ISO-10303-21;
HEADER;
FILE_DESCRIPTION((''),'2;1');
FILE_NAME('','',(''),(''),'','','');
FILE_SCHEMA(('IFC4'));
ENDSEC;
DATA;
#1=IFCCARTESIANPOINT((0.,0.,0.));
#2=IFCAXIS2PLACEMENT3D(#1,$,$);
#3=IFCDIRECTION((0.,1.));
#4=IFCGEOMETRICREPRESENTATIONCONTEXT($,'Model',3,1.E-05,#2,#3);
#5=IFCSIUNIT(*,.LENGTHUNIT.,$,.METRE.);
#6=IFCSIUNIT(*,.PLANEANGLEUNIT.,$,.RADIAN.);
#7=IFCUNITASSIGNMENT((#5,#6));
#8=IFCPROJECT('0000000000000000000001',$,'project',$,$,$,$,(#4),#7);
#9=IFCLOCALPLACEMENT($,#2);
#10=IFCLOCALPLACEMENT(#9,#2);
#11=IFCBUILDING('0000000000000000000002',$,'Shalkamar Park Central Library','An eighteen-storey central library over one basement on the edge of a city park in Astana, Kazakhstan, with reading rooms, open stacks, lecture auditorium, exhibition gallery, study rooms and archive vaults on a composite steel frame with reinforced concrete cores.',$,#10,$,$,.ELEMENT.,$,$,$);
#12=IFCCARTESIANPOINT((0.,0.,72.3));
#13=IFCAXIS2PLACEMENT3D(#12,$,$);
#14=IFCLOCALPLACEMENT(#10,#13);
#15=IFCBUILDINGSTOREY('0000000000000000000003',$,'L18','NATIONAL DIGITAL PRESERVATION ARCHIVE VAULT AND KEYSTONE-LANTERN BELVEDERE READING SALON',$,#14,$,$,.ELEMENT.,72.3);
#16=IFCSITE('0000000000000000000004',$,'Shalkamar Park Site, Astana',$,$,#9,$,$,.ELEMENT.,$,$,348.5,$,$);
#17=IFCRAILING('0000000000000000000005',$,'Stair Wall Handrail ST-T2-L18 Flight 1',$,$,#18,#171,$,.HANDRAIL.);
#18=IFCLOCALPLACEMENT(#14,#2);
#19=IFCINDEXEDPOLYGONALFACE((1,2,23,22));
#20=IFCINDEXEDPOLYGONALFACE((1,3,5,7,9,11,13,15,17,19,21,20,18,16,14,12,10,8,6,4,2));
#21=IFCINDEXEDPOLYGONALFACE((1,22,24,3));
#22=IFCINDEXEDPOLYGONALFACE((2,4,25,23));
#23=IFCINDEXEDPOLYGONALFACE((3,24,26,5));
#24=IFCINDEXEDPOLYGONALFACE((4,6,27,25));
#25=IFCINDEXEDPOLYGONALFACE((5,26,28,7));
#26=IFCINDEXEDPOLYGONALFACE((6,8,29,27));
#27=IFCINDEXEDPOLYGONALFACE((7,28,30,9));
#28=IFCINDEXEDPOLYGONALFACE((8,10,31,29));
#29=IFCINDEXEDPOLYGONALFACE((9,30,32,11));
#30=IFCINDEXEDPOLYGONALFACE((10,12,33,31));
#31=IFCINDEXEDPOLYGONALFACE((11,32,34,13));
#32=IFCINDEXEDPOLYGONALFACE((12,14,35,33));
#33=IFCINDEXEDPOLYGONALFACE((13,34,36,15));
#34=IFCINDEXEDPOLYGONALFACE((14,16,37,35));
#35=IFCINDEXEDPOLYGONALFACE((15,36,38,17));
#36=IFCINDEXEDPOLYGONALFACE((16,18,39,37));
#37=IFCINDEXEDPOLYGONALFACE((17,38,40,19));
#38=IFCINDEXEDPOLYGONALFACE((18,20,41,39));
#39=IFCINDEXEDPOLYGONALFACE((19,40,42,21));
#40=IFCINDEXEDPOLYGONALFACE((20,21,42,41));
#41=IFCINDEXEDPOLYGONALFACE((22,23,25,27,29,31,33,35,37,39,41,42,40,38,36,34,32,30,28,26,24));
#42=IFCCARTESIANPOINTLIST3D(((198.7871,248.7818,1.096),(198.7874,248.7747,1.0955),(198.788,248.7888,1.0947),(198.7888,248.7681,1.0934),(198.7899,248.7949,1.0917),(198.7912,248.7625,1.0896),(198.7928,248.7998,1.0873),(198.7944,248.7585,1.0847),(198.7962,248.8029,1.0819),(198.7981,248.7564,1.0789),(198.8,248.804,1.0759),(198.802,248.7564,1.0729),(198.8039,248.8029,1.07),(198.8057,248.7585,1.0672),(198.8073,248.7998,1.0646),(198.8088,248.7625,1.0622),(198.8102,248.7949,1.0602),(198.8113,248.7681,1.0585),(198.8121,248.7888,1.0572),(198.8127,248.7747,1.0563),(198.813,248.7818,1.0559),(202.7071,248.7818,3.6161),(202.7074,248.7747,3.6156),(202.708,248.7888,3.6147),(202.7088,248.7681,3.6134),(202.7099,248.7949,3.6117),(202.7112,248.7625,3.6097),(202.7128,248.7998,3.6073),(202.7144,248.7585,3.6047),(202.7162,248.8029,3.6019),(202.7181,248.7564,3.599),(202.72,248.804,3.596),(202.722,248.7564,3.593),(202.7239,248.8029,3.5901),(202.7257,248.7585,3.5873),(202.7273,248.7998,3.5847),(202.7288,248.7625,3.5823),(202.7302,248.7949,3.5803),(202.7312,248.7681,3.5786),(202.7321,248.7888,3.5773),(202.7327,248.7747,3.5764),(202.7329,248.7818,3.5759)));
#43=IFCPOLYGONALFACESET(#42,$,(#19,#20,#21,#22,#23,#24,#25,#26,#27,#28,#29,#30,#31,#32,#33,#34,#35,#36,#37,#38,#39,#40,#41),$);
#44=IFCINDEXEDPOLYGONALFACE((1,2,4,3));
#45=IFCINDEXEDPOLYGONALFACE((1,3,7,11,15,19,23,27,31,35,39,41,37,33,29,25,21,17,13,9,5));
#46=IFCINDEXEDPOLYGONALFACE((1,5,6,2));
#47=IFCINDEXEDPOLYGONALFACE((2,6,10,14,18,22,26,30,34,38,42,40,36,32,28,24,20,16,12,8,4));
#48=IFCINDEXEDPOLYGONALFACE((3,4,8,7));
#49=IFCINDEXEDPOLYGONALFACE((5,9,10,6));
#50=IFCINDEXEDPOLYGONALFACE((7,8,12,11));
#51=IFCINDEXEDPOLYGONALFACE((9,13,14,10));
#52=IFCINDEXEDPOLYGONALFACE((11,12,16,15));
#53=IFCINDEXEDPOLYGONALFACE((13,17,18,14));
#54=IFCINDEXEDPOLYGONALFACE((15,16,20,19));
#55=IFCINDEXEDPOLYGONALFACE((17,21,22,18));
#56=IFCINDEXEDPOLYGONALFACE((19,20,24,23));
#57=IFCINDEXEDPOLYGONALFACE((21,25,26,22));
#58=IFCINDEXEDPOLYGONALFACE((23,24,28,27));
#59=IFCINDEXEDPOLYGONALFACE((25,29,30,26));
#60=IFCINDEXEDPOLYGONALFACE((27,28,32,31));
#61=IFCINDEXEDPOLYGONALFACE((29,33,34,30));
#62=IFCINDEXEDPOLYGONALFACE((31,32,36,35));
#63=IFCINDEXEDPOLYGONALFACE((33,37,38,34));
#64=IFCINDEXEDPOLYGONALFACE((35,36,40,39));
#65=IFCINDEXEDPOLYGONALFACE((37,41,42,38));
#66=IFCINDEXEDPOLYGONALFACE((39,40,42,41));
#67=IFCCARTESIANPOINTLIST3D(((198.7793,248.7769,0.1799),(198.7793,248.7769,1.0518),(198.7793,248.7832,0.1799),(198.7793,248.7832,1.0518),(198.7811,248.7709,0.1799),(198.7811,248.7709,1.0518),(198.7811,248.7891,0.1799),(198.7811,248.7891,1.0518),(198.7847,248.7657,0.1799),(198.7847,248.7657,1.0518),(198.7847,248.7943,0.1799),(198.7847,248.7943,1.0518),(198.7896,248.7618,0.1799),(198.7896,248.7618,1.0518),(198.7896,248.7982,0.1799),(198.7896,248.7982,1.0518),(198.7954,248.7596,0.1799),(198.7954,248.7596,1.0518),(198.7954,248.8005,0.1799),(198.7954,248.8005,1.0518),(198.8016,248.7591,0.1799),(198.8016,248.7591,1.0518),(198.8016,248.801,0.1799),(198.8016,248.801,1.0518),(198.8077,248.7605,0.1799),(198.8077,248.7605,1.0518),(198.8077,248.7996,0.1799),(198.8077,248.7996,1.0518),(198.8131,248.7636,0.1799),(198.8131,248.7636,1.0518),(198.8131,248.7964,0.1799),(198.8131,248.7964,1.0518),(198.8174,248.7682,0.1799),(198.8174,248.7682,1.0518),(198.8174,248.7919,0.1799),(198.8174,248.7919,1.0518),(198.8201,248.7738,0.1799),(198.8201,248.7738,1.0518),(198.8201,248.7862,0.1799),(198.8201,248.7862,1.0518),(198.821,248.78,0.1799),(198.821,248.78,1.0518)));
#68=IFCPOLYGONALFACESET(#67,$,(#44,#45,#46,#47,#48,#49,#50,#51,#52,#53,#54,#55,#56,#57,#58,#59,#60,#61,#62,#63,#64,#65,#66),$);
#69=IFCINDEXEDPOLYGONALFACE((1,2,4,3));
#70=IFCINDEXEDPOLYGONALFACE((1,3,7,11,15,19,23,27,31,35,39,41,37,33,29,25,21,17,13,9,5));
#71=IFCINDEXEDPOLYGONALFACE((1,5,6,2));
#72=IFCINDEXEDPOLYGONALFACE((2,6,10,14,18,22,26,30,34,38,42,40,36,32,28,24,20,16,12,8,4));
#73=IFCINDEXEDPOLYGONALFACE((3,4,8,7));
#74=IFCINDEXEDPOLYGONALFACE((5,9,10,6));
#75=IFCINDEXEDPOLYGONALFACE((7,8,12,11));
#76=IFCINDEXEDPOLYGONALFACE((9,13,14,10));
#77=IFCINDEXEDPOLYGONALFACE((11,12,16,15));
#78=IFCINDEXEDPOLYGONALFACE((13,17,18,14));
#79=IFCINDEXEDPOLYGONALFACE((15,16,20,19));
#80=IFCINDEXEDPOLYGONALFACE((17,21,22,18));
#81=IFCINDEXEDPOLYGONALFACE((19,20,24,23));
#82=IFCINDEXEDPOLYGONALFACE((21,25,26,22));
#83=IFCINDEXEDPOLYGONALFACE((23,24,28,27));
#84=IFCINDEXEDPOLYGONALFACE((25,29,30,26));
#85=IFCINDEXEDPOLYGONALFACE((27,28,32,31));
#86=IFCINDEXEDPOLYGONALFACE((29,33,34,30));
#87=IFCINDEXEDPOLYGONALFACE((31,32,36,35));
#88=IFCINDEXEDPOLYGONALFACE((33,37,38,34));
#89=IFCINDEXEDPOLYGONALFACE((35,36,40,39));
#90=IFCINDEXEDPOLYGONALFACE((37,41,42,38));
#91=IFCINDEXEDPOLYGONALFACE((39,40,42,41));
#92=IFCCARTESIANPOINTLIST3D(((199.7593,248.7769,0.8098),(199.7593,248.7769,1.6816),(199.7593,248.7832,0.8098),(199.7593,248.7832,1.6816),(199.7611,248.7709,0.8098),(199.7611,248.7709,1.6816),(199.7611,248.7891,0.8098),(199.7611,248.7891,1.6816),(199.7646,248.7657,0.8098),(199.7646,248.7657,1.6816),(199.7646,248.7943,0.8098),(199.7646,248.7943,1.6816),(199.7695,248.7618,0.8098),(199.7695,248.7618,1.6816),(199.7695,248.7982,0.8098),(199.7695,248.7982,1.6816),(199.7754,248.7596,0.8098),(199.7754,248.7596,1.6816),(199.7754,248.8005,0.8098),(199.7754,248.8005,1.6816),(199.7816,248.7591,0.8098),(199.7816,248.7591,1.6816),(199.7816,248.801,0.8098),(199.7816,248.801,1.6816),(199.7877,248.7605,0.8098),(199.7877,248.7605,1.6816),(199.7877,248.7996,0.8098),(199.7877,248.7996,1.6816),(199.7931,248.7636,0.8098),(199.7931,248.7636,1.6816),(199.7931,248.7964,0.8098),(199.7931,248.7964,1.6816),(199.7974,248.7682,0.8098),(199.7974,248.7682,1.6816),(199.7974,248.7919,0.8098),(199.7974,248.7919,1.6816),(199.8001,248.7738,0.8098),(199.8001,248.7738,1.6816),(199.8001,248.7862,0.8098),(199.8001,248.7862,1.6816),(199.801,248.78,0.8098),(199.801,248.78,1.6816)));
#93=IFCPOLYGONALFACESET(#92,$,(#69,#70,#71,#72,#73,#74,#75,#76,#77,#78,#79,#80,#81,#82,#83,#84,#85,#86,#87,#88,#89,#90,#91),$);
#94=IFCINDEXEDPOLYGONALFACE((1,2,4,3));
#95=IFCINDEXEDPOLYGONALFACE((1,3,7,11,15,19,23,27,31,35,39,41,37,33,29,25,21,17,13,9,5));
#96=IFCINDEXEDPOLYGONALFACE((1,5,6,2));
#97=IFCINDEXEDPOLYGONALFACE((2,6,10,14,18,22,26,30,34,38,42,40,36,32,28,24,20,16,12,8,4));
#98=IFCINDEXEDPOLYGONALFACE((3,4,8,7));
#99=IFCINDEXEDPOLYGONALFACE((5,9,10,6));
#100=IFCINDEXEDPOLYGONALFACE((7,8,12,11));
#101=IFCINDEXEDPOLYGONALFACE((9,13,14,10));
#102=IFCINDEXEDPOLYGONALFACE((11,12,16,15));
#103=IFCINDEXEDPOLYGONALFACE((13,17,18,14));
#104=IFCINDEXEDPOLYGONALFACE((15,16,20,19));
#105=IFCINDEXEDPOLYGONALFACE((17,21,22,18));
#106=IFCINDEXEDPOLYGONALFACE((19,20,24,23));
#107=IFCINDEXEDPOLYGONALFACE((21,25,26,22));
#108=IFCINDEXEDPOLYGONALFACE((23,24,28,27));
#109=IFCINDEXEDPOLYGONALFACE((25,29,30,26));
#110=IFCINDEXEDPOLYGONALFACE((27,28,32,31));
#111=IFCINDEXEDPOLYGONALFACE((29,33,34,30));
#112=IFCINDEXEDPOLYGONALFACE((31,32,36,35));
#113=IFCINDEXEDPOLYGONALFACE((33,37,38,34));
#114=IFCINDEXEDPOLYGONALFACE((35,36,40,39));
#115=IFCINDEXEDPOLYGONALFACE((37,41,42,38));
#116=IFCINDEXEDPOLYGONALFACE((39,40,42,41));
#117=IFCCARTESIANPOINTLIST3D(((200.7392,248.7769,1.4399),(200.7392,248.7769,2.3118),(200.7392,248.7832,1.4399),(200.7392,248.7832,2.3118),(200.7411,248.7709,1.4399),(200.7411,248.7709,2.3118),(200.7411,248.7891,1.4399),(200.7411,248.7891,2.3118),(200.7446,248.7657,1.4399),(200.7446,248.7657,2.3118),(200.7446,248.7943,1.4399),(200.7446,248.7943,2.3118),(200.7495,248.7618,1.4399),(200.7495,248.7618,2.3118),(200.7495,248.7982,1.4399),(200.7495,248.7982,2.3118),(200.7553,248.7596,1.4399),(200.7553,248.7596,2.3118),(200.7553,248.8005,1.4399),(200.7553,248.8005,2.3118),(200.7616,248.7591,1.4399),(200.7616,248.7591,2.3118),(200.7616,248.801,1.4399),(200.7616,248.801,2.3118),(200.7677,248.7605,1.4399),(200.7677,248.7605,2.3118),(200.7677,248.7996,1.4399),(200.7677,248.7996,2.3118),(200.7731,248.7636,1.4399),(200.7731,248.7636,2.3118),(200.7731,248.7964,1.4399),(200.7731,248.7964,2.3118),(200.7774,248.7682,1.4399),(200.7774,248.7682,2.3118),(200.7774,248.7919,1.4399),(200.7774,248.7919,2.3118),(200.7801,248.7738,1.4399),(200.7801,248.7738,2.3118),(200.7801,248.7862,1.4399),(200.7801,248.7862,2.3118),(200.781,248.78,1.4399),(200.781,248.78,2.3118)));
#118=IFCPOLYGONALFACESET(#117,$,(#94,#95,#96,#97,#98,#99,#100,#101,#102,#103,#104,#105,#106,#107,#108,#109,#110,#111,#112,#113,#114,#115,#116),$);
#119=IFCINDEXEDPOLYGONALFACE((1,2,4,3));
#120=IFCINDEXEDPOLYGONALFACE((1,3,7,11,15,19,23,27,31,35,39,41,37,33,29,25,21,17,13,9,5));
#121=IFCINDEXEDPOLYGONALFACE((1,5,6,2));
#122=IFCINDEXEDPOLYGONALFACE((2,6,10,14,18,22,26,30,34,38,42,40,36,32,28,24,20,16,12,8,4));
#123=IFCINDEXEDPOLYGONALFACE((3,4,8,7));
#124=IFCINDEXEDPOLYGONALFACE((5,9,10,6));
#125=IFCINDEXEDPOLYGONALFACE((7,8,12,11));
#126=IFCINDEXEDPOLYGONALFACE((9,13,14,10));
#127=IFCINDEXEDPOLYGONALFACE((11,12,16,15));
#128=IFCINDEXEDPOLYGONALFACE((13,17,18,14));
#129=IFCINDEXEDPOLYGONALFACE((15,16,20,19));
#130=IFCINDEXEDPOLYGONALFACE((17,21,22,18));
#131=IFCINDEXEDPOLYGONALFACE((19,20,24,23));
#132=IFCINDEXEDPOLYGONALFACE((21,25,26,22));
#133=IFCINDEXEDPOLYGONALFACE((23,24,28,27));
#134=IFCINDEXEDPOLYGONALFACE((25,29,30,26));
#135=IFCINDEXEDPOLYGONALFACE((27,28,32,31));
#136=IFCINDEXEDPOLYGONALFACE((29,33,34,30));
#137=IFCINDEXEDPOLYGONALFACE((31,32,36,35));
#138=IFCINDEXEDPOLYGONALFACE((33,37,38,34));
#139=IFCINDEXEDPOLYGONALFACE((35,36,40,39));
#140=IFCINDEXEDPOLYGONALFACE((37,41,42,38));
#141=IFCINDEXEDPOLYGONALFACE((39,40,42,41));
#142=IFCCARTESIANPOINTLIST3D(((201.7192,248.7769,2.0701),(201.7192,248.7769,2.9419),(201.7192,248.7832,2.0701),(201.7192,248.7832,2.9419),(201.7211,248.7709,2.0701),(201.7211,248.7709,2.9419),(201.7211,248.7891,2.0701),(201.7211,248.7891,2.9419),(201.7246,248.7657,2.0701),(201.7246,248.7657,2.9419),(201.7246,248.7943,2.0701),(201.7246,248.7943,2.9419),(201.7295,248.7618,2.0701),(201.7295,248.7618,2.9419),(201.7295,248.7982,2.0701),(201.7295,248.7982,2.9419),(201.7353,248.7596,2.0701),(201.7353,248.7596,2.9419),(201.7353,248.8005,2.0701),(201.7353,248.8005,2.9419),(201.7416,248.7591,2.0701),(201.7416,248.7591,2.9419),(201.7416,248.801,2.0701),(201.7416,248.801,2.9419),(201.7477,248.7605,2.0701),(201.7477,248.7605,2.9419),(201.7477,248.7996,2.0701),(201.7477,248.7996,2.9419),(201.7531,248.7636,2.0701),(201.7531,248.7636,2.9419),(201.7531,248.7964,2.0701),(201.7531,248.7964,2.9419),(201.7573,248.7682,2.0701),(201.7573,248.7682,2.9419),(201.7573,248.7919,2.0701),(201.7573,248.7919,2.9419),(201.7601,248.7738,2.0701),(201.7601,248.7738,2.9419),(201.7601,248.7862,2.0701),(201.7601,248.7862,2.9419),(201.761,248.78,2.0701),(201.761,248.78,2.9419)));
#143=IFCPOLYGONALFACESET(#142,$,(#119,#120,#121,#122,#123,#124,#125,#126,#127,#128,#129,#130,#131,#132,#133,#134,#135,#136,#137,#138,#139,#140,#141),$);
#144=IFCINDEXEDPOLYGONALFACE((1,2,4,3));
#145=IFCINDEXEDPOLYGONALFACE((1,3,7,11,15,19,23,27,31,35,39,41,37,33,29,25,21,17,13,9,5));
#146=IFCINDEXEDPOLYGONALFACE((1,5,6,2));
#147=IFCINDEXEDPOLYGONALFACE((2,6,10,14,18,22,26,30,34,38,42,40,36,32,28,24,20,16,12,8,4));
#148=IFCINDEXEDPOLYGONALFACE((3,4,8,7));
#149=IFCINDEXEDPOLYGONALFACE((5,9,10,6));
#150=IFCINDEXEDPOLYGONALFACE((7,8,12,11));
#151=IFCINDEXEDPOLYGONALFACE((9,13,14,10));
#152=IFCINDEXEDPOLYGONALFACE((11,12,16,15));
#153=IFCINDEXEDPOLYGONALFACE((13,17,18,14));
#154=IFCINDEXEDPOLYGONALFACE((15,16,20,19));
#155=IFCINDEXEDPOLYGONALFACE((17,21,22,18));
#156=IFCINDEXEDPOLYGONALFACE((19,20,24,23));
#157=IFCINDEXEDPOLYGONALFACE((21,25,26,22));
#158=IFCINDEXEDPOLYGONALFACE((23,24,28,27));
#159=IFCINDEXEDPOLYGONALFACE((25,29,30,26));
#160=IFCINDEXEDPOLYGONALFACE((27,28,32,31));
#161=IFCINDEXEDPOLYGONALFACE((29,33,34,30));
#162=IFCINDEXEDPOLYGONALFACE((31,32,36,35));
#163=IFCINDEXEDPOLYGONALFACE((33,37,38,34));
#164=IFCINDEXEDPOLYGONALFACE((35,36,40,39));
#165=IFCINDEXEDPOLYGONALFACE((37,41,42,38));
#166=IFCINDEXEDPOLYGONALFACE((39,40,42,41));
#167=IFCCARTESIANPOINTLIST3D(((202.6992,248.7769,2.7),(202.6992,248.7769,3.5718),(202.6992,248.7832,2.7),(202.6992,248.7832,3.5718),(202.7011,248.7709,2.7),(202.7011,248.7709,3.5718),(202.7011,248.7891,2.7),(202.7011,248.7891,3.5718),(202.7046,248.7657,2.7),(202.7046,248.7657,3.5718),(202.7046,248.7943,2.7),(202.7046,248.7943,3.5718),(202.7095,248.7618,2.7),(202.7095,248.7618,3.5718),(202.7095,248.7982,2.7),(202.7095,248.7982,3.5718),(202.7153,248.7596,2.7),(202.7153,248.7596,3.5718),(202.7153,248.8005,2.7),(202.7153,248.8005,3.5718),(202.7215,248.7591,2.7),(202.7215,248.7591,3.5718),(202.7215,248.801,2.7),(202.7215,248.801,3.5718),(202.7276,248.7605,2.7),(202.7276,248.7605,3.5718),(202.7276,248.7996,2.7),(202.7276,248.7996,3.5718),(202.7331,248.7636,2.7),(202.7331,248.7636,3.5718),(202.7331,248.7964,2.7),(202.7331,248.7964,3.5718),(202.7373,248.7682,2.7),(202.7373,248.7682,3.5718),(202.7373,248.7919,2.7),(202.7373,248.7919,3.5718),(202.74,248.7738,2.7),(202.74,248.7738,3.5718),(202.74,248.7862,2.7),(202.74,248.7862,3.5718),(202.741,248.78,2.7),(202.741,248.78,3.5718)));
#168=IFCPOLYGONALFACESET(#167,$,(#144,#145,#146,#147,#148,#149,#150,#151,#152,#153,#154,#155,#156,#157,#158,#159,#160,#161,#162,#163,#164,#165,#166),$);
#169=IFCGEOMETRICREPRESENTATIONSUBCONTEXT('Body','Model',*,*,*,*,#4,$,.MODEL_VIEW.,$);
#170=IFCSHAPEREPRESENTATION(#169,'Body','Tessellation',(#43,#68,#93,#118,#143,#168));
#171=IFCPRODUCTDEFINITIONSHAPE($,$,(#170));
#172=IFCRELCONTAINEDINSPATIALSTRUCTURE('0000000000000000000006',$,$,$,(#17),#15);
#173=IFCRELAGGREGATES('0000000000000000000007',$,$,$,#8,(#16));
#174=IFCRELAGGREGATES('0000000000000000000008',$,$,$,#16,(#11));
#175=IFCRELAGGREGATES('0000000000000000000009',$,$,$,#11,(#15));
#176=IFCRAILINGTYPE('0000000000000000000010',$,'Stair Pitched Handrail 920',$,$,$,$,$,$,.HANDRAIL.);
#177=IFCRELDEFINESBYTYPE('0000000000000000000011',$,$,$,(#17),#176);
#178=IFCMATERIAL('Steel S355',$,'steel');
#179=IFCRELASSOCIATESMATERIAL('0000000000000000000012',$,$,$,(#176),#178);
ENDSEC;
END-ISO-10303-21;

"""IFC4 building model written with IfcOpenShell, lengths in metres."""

from ifc_helpers import new_model, si_unit, direction, frame, origin, origin_2d, place, context, subcontext, project, spatial, circle, extrude, material, type_object, element, save


model = new_model("IFC4")

# Units and contexts
model_context = context("Model", 3, precision=1e-05, world=origin(), true_north=direction((0.0, 1.0)))
body_context = subcontext(model_context, "Body", "Model", "MODEL_VIEW")
ifc_project = project(units=[si_unit("LENGTHUNIT", "METRE"), si_unit("PLANEANGLEUNIT", "RADIAN")], contexts=[model_context])

# Site, building, storey
site_placement = place(None, origin())
site = spatial("IfcSite", under=ifc_project, at=site_placement, Name="Shalkamar Park Site, Astana", CompositionType="ELEMENT", RefElevation=348.5)
building_placement = place(site_placement, origin())
building = spatial("IfcBuilding", under=site, at=building_placement, Name="Shalkamar Park Central Library", Description="An eighteen-storey central library over one basement on the edge of a city park in Astana, Kazakhstan, with reading rooms, open stacks, lecture auditorium, exhibition gallery, study rooms and archive vaults on a composite steel frame with reinforced concrete cores.", CompositionType="ELEMENT")
storey_placement = place(building_placement, frame((0.0, 0.0, 72.3)))
storey = spatial("IfcBuildingStorey", under=building, at=storey_placement, Name="L18", Description="NATIONAL DIGITAL PRESERVATION ARCHIVE VAULT AND KEYSTONE-LANTERN BELVEDERE READING SALON", CompositionType="ELEMENT", Elevation=72.3)

# Shared definitions
ifc_material_1 = material(Name="Steel S355", Category="steel")

# Railing
railing_type_1 = type_object("IfcRailingType", Name="Stair Pitched Handrail 920", PredefinedType="HANDRAIL", material=ifc_material_1)
railing_1_placement = place(storey_placement, frame((198.8, 248.78, 0.1799)))
element("IfcRailing", 1, at=railing_1_placement, inside=storey, type_object=railing_type_1, Name="Stair Wall Handrail ST-T2-L18 Flight 1", PredefinedType="HANDRAIL", context=body_context, shape_type="SweptSolid", body=[
    extrude(circle(Radius=0.0239, at=origin_2d()), frame((0.0, 0.0, 0.896), z_axis=(0.841172, 0.0, 0.540768), x_axis=(0.0, 1.0, 0.0)), (0.0, 0.0, 1.0), 4.6602),
    extrude(circle(Radius=0.021, at=origin_2d()), origin(), (0.0, 0.0, 1.0), 0.8718),
    extrude(circle(Radius=0.021, at=origin_2d()), frame((0.98, 0.0, 0.6299)), (0.0, 0.0, 1.0), 0.8718),
    extrude(circle(Radius=0.021, at=origin_2d()), frame((1.96, 0.0, 1.26)), (0.0, 0.0, 1.0), 0.8718),
    extrude(circle(Radius=0.021, at=origin_2d()), frame((2.9399, 0.0, 1.8901)), (0.0, 0.0, 1.0), 0.8718),
    extrude(circle(Radius=0.021, at=origin_2d()), frame((3.9199, 0.0, 2.52)), (0.0, 0.0, 1.0), 0.8718),
])

save(model, "model.ifc")
